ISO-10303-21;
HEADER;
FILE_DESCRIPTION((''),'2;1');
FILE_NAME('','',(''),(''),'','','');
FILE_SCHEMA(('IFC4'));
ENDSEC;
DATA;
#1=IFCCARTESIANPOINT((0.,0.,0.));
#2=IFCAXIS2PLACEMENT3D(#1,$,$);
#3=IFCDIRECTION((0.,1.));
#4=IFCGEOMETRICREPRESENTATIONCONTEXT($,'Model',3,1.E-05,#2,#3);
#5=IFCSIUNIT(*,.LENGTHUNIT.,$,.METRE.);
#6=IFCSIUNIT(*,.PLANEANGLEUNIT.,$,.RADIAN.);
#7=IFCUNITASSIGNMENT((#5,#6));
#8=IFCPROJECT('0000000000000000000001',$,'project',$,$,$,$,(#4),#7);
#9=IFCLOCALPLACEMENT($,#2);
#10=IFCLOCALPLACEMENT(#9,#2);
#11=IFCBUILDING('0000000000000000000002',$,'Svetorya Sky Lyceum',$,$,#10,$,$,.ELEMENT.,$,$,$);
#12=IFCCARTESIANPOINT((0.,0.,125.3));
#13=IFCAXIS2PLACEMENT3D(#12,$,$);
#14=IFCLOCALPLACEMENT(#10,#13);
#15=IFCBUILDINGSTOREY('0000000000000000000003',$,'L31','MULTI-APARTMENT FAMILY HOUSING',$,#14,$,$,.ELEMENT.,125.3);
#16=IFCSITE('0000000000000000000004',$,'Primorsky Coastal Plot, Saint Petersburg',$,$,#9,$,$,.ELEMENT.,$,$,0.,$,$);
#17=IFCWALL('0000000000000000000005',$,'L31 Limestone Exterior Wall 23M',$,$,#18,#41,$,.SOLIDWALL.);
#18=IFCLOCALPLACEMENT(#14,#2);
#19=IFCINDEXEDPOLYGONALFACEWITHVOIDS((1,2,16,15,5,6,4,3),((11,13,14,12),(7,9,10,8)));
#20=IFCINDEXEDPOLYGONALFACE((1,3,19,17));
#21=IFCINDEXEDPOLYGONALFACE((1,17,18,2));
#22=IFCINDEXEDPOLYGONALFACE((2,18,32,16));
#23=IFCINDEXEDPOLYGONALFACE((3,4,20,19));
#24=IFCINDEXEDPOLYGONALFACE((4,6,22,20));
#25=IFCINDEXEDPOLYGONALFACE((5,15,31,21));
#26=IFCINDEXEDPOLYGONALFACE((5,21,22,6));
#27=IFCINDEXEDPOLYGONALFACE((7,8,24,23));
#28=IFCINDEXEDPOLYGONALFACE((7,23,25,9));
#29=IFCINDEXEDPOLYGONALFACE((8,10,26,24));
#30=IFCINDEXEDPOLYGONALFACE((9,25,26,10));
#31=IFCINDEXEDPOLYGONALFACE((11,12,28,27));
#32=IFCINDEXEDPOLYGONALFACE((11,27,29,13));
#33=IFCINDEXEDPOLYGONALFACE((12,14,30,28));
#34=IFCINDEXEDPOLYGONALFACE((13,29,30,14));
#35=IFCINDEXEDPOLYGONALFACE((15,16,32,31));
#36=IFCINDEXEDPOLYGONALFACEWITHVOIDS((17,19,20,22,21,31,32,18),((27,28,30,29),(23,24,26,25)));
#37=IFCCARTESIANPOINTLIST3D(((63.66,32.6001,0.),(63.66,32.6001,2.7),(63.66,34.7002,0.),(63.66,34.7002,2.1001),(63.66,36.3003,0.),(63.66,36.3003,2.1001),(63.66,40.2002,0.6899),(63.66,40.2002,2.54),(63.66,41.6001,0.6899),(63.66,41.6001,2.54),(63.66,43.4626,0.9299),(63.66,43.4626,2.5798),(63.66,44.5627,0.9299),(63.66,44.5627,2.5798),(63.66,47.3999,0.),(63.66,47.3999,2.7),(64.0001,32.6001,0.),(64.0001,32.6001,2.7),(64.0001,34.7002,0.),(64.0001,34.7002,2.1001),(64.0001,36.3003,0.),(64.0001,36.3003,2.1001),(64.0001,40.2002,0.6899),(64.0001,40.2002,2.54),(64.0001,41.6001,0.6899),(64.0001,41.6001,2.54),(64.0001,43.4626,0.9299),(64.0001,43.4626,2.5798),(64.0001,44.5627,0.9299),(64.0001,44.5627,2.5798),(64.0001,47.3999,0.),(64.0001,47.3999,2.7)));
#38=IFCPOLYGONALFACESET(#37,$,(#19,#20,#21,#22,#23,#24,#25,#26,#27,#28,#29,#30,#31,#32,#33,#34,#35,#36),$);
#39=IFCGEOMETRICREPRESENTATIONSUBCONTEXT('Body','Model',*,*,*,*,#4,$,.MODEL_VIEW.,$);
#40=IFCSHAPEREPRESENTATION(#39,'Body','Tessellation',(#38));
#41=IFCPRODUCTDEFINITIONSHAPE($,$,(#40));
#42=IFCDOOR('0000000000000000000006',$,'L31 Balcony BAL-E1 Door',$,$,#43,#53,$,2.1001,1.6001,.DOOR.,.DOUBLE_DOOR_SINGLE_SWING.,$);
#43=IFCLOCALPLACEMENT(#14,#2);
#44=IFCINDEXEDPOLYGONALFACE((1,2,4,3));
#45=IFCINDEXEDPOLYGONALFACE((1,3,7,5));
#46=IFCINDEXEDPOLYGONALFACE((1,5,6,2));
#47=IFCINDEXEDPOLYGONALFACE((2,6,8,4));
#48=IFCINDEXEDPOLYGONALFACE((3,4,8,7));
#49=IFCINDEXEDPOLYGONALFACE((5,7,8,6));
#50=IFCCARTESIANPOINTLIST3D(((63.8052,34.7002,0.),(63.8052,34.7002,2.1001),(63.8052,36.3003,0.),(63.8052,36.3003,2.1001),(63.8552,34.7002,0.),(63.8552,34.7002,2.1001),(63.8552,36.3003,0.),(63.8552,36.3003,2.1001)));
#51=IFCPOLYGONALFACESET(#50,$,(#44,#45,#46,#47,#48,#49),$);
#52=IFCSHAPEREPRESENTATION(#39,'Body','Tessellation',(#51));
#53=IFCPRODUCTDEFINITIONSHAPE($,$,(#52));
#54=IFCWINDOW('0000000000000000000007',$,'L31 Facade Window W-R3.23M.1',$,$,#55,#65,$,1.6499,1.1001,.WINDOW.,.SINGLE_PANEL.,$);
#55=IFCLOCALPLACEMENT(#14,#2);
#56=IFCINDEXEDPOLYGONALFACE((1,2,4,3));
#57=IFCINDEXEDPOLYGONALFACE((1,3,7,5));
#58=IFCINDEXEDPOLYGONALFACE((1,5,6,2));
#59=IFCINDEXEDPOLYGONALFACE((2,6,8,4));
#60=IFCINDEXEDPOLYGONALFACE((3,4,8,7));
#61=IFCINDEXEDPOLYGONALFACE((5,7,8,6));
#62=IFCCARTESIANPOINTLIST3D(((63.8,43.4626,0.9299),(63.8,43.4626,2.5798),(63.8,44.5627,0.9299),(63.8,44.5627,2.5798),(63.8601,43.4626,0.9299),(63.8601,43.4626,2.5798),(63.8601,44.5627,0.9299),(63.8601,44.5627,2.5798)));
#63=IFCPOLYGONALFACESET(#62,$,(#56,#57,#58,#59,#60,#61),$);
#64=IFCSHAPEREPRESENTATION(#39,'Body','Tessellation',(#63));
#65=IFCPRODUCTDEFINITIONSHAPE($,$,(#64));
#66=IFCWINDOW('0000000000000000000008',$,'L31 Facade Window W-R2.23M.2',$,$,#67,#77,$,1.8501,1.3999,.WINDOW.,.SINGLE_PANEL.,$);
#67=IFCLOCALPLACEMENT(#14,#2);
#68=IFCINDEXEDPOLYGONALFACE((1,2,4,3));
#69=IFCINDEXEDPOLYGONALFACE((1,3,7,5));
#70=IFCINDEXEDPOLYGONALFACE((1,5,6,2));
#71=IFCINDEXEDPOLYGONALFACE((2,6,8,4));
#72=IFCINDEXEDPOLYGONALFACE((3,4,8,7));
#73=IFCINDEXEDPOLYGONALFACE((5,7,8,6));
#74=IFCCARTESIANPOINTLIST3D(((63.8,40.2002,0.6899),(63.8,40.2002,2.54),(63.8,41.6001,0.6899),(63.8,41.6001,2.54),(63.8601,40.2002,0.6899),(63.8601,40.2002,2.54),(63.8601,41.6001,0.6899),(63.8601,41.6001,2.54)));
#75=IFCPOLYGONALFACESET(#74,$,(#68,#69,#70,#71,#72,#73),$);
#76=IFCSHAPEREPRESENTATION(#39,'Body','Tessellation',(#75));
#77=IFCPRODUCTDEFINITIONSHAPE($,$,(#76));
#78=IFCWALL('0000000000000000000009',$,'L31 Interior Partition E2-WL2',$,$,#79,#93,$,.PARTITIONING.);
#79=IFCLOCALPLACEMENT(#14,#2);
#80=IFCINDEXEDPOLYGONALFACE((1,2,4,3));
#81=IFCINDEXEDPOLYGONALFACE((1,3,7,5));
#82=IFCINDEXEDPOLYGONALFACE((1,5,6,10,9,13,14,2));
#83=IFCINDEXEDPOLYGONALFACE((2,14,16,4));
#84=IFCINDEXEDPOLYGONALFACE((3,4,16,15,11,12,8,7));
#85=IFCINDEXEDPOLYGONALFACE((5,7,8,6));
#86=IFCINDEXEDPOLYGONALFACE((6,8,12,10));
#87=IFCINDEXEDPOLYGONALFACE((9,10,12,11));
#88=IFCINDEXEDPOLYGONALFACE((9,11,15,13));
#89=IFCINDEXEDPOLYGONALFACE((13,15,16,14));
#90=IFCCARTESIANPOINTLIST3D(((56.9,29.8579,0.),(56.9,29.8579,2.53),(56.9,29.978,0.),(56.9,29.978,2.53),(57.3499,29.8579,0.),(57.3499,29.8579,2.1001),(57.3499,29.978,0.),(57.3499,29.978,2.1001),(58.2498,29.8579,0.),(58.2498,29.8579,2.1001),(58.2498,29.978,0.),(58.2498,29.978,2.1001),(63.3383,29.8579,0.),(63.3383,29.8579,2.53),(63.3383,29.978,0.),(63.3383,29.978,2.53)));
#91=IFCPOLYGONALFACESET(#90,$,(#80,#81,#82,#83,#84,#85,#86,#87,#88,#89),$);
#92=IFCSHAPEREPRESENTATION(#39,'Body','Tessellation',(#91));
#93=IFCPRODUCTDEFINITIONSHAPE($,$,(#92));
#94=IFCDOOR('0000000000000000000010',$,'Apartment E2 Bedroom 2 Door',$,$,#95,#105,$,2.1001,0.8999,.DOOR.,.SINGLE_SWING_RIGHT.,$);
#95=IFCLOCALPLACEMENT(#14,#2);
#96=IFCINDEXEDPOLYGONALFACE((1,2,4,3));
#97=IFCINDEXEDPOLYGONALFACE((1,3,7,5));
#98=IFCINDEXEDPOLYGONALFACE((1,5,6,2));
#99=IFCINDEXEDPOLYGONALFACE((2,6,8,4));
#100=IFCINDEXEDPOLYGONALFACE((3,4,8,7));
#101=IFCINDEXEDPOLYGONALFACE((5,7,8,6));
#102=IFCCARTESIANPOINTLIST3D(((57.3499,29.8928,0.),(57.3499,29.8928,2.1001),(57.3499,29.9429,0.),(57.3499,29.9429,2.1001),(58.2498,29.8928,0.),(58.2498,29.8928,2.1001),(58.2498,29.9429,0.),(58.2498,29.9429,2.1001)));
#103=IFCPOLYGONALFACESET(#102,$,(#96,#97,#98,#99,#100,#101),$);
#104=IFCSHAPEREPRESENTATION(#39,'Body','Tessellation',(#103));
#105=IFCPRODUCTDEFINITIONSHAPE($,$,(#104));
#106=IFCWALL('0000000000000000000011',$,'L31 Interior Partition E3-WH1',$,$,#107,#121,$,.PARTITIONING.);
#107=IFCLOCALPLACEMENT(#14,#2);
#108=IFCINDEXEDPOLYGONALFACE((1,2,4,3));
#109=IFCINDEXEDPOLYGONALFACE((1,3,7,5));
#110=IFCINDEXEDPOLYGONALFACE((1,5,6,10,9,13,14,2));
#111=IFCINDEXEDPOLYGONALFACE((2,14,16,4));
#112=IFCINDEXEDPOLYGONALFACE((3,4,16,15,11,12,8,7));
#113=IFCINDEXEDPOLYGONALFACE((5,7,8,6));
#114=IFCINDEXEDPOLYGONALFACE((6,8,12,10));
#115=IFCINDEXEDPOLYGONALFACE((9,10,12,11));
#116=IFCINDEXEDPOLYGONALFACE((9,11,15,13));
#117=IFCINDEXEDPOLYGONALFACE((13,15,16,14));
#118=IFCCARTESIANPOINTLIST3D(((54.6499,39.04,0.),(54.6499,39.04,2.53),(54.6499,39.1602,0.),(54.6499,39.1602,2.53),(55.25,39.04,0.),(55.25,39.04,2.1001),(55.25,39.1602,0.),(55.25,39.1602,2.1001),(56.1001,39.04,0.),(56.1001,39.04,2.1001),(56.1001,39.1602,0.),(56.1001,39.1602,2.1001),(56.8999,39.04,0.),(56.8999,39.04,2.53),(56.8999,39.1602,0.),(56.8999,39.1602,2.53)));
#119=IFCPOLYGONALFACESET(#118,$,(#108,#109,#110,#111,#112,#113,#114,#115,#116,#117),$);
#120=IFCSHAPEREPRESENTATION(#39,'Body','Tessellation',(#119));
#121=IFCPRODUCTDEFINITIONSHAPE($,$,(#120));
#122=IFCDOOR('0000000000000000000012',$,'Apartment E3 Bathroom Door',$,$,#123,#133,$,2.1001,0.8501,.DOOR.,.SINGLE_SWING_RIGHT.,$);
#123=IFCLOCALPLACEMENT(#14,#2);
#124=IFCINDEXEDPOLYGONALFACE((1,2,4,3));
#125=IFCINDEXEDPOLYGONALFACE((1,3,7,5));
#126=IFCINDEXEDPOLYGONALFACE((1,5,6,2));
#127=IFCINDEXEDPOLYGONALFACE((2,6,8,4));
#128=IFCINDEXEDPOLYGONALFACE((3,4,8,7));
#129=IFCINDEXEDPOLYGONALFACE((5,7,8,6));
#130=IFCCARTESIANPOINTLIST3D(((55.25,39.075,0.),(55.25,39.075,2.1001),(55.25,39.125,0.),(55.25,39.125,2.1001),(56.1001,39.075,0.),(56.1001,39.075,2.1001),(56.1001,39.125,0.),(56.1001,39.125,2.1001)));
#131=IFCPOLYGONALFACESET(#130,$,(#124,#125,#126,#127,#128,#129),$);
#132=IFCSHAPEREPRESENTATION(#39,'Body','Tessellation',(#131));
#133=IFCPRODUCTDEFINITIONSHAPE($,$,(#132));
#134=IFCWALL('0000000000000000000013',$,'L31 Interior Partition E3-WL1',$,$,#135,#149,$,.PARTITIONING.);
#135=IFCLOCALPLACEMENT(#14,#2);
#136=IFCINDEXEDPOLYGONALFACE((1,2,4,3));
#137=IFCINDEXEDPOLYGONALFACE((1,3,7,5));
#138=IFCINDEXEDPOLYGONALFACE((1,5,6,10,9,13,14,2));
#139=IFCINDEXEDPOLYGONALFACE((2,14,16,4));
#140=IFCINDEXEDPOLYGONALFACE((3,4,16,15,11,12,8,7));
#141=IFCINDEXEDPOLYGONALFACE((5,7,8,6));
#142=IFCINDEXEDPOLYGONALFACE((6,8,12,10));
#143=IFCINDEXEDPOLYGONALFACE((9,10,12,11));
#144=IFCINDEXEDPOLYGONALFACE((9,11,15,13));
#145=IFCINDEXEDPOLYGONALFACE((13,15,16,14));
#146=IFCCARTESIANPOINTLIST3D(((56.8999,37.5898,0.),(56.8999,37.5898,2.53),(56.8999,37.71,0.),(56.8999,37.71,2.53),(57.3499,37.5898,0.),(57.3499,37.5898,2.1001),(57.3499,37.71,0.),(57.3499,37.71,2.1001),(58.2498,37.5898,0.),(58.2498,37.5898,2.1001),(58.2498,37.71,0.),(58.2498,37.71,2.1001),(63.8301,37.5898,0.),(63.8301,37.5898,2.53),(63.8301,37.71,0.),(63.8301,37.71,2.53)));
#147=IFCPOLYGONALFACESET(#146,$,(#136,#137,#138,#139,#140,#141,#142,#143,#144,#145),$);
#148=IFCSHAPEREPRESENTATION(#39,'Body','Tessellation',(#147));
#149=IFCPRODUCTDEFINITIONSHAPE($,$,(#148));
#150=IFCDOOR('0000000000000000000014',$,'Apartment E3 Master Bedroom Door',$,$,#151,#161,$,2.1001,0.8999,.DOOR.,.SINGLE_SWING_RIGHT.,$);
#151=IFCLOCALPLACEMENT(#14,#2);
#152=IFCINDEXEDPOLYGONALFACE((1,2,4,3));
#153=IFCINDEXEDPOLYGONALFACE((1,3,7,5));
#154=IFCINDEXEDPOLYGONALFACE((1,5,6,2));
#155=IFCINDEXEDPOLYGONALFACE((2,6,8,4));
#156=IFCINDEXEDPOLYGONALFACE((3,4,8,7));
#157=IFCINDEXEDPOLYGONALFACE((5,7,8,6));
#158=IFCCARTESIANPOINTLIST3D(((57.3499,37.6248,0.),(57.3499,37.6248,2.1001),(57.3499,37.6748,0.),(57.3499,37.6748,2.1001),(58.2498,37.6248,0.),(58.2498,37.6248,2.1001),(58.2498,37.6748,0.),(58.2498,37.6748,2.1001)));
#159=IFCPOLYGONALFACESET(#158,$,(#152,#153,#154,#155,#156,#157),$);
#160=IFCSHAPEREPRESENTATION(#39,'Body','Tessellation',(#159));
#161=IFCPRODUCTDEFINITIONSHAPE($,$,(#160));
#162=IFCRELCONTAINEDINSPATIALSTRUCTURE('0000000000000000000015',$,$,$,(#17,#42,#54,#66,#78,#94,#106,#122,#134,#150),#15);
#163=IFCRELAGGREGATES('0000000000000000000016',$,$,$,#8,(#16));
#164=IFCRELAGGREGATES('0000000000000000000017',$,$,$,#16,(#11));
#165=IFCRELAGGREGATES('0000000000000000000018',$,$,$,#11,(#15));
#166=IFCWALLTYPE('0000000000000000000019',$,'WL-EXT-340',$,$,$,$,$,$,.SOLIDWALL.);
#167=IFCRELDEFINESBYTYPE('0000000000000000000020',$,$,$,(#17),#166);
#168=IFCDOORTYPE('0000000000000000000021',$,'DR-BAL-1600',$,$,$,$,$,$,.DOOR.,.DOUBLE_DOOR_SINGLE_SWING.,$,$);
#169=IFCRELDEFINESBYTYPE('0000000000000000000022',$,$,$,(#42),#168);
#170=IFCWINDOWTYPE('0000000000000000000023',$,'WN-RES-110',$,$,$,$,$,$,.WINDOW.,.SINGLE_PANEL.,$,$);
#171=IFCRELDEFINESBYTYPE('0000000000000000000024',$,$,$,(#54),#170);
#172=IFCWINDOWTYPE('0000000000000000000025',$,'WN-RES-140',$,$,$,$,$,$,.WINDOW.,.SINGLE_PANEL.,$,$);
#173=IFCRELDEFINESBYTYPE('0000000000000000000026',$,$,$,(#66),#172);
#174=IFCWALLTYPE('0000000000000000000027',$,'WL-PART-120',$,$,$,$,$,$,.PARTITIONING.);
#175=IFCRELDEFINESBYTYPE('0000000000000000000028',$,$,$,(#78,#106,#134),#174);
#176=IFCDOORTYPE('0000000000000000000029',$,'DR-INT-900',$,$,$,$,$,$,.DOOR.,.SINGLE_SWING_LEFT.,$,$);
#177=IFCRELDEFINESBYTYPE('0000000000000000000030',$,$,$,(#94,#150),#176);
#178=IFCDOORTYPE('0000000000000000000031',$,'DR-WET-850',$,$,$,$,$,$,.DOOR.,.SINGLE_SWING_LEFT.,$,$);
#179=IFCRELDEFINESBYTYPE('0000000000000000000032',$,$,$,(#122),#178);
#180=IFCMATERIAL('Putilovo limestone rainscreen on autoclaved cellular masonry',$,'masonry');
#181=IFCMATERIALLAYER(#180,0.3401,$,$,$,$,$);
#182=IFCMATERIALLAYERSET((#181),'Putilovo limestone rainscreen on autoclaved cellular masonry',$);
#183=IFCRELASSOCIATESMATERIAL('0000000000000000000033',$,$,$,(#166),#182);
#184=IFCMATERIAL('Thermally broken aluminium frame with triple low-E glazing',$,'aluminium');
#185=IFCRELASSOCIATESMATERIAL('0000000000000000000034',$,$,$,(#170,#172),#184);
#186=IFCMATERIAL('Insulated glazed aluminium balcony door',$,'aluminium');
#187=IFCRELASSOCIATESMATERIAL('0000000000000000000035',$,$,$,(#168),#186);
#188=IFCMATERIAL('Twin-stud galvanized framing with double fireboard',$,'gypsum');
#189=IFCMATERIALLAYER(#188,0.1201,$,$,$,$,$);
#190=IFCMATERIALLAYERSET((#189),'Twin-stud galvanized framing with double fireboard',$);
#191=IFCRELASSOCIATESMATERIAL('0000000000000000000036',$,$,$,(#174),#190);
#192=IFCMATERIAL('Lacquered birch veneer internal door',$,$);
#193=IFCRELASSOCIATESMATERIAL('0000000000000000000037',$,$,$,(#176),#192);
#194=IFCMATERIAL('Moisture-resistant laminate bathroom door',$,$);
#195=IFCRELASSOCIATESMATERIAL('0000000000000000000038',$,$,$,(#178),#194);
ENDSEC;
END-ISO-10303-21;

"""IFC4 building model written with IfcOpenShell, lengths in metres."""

from ifc_helpers import new_model, si_unit, direction, frame, frame_2d, origin, place, context, subcontext, project, spatial, rectangle, extrude, material, layer, layer_set, type_object, element, fill, save


model = new_model("IFC4")

# Units and contexts
model_context = context("Model", 3, precision=1e-05, world=origin(), true_north=direction((0.0, 1.0)))
body_context = subcontext(model_context, "Body", "Model", "MODEL_VIEW")
ifc_project = project(units=[si_unit("LENGTHUNIT", "METRE"), si_unit("PLANEANGLEUNIT", "RADIAN")], contexts=[model_context])

# Site, building, storey
site_placement = place(None, origin())
site = spatial("IfcSite", under=ifc_project, at=site_placement, Name="Primorsky Coastal Plot, Saint Petersburg", CompositionType="ELEMENT", RefElevation=0.0)
building_placement = place(site_placement, origin())
building = spatial("IfcBuilding", under=site, at=building_placement, Name="Svetorya Sky Lyceum", CompositionType="ELEMENT")
storey_placement = place(building_placement, frame((0.0, 0.0, 125.3)))
storey = spatial("IfcBuildingStorey", under=building, at=storey_placement, Name="L31", Description="MULTI-APARTMENT FAMILY HOUSING", CompositionType="ELEMENT", Elevation=125.3)

# Shared definitions
ifc_material_1 = material(Name="Putilovo limestone rainscreen on autoclaved cellular masonry", Category="masonry")
ifc_layer_1 = layer(ifc_material_1, 0.3401)
ifc_layer_set_1 = layer_set([ifc_layer_1], Name="Putilovo limestone rainscreen on autoclaved cellular masonry")
wall_type_1 = type_object("IfcWallType", Name="WL-EXT-340", PredefinedType="SOLIDWALL", material=ifc_layer_set_1)

# Shared definitions
ifc_material_2 = material(Name="Thermally broken aluminium frame with triple low-E glazing", Category="aluminium")
window_type_1 = type_object("IfcWindowType", Name="WN-RES-110", PartitioningType="SINGLE_PANEL", PredefinedType="WINDOW", material=ifc_material_2)

# Wall, openings, door, windows
wall_1_placement = place(storey_placement, frame((63.8301, 32.6001, 0.0), z_axis=(0.0, 0.0, 1.0), x_axis=(0.0, 1.0, 0.0)))
wall_1 = element("IfcWall", 1, at=wall_1_placement, inside=storey, type_object=wall_type_1, Name="L31 Limestone Exterior Wall 23M", PredefinedType="SOLIDWALL", context=body_context, shape_type="SweptSolid", body=[
    extrude(rectangle(XDim=14.7998, YDim=0.3401, at=frame_2d((7.3999, 0.0))), origin(), (0.0, 0.0, 1.0), 2.7),
])
opening_1_placement = place(wall_1_placement, frame((2.1001, 0.0, 0.0)))
opening_1 = element("IfcOpeningElement", 2, at=opening_1_placement, cuts=wall_1, PredefinedType="OPENING", context=body_context, shape_type="SweptSolid", body=[
    extrude(rectangle(XDim=1.6001, YDim=2.1001, at=frame_2d((0.8, 1.05))), frame((0.0, 0.1799, 0.0), z_axis=(0.0, -1.0, 0.0), x_axis=(1.0, 0.0, 0.0)), (0.0, 0.0, 1.0), 0.3601),
])
opening_2_placement = place(wall_1_placement, frame((7.6001, 0.0, 0.6899)))
opening_2 = element("IfcOpeningElement", 3, at=opening_2_placement, cuts=wall_1, PredefinedType="OPENING", context=body_context, shape_type="SweptSolid", body=[
    extrude(rectangle(XDim=1.3999, YDim=1.8501, at=frame_2d((0.7, 0.925))), frame((0.0, 0.1799, 0.0), z_axis=(0.0, -1.0, 0.0), x_axis=(1.0, 0.0, 0.0)), (0.0, 0.0, 1.0), 0.3601),
])
opening_3_placement = place(wall_1_placement, frame((10.8625, 0.0, 0.9299)))
opening_3 = element("IfcOpeningElement", 4, at=opening_3_placement, cuts=wall_1, PredefinedType="OPENING", context=body_context, shape_type="SweptSolid", body=[
    extrude(rectangle(XDim=1.1001, YDim=1.6499, at=frame_2d((0.55, 0.825))), frame((0.0, 0.1799, 0.0), z_axis=(0.0, -1.0, 0.0), x_axis=(1.0, 0.0, 0.0)), (0.0, 0.0, 1.0), 0.3601),
])
ifc_material_3 = material(Name="Insulated glazed aluminium balcony door", Category="aluminium")
door_type_1 = type_object("IfcDoorType", Name="DR-BAL-1600", OperationType="DOUBLE_DOOR_SINGLE_SWING", PredefinedType="DOOR", material=ifc_material_3)
door_1_placement = place(opening_1_placement, origin())
door_1 = element("IfcDoor", 5, at=door_1_placement, inside=storey, type_object=door_type_1, Name="L31 Balcony BAL-E1 Door", OperationType="DOUBLE_DOOR_SINGLE_SWING", OverallHeight=2.1001, OverallWidth=1.6001, PredefinedType="DOOR", context=body_context, shape_type="SweptSolid", body=[
    extrude(rectangle(XDim=1.6001, YDim=2.1001, at=frame_2d((0.8, 1.05))), frame((0.0, 0.0249, 0.0), z_axis=(0.0, -1.0, 0.0), x_axis=(1.0, 0.0, 0.0)), (0.0, 0.0, 1.0), 0.05),
])
fill(opening_1, door_1)
window_1_placement = place(opening_3_placement, origin())
window_1 = element("IfcWindow", 6, at=window_1_placement, inside=storey, type_object=window_type_1, Name="L31 Facade Window W-R3.23M.1", OverallHeight=1.6499, OverallWidth=1.1001, PartitioningType="SINGLE_PANEL", PredefinedType="WINDOW", context=body_context, shape_type="SweptSolid", body=[
    extrude(rectangle(XDim=1.1001, YDim=1.6499, at=frame_2d((0.55, 0.825))), frame((0.0, 0.03, 0.0), z_axis=(0.0, -1.0, 0.0), x_axis=(1.0, 0.0, 0.0)), (0.0, 0.0, 1.0), 0.0601),
])
fill(opening_3, window_1)
window_type_2 = type_object("IfcWindowType", Name="WN-RES-140", PartitioningType="SINGLE_PANEL", PredefinedType="WINDOW", material=ifc_material_2)
window_2_placement = place(opening_2_placement, origin())
window_2 = element("IfcWindow", 7, at=window_2_placement, inside=storey, type_object=window_type_2, Name="L31 Facade Window W-R2.23M.2", OverallHeight=1.8501, OverallWidth=1.3999, PartitioningType="SINGLE_PANEL", PredefinedType="WINDOW", context=body_context, shape_type="SweptSolid", body=[
    extrude(rectangle(XDim=1.3999, YDim=1.8501, at=frame_2d((0.7, 0.925))), frame((0.0, 0.03, 0.0), z_axis=(0.0, -1.0, 0.0), x_axis=(1.0, 0.0, 0.0)), (0.0, 0.0, 1.0), 0.0601),
])
fill(opening_2, window_2)

# Walls, openings, doors
ifc_material_4 = material(Name="Twin-stud galvanized framing with double fireboard", Category="gypsum")
ifc_layer_2 = layer(ifc_material_4, 0.1201)
ifc_layer_set_2 = layer_set([ifc_layer_2], Name="Twin-stud galvanized framing with double fireboard")
wall_type_2 = type_object("IfcWallType", Name="WL-PART-120", PredefinedType="PARTITIONING", material=ifc_layer_set_2)
wall_2_placement = place(storey_placement, frame((56.8999, 29.918, 0.0), z_axis=(0.0, 0.0, 1.0), x_axis=(1.0, 0.0, 0.0)))
wall_2 = element("IfcWall", 8, at=wall_2_placement, inside=storey, type_object=wall_type_2, Name="L31 Interior Partition E2-WL2", PredefinedType="PARTITIONING", context=body_context, shape_type="SweptSolid", body=[
    extrude(rectangle(XDim=6.4382, YDim=0.1201, at=frame_2d((3.2192, 0.0))), origin(), (0.0, 0.0, 1.0), 2.53),
])
opening_4_placement = place(wall_2_placement, frame((0.45, 0.0, 0.0)))
opening_4 = element("IfcOpeningElement", 9, at=opening_4_placement, cuts=wall_2, PredefinedType="OPENING", context=body_context, shape_type="SweptSolid", body=[
    extrude(rectangle(XDim=0.8999, YDim=2.1001, at=frame_2d((0.45, 1.05))), frame((0.0, 0.0701, 0.0), z_axis=(0.0, -1.0, 0.0), x_axis=(1.0, 0.0, 0.0)), (0.0, 0.0, 1.0), 0.1401),
])
ifc_material_5 = material(Name="Lacquered birch veneer internal door")
door_type_2 = type_object("IfcDoorType", Name="DR-INT-900", OperationType="SINGLE_SWING_LEFT", PredefinedType="DOOR", material=ifc_material_5)
door_2_placement = place(opening_4_placement, origin())
door_2 = element("IfcDoor", 10, at=door_2_placement, inside=storey, type_object=door_type_2, Name="Apartment E2 Bedroom 2 Door", OperationType="SINGLE_SWING_RIGHT", OverallHeight=2.1001, OverallWidth=0.8999, PredefinedType="DOOR", context=body_context, shape_type="SweptSolid", body=[
    extrude(rectangle(XDim=0.8999, YDim=2.1001, at=frame_2d((0.45, 1.05))), frame((0.0, 0.0249, 0.0), z_axis=(0.0, -1.0, 0.0), x_axis=(1.0, 0.0, 0.0)), (0.0, 0.0, 1.0), 0.05),
])
fill(opening_4, door_2)
wall_3_placement = place(storey_placement, frame((54.6499, 39.1001, 0.0), z_axis=(0.0, 0.0, 1.0), x_axis=(1.0, 0.0, 0.0)))
wall_3 = element("IfcWall", 11, at=wall_3_placement, inside=storey, type_object=wall_type_2, Name="L31 Interior Partition E3-WH1", PredefinedType="PARTITIONING", context=body_context, shape_type="SweptSolid", body=[
    extrude(rectangle(XDim=2.25, YDim=0.1201, at=frame_2d((1.125, 0.0))), origin(), (0.0, 0.0, 1.0), 2.53),
])
opening_5_placement = place(wall_3_placement, frame((0.6001, 0.0, 0.0)))
opening_5 = element("IfcOpeningElement", 12, at=opening_5_placement, cuts=wall_3, PredefinedType="OPENING", context=body_context, shape_type="SweptSolid", body=[
    extrude(rectangle(XDim=0.8501, YDim=2.1001, at=frame_2d((0.425, 1.05))), frame((0.0, 0.0701, 0.0), z_axis=(0.0, -1.0, 0.0), x_axis=(1.0, 0.0, 0.0)), (0.0, 0.0, 1.0), 0.1401),
])
ifc_material_6 = material(Name="Moisture-resistant laminate bathroom door")
door_type_3 = type_object("IfcDoorType", Name="DR-WET-850", OperationType="SINGLE_SWING_LEFT", PredefinedType="DOOR", material=ifc_material_6)
door_3_placement = place(opening_5_placement, origin())
door_3 = element("IfcDoor", 13, at=door_3_placement, inside=storey, type_object=door_type_3, Name="Apartment E3 Bathroom Door", OperationType="SINGLE_SWING_RIGHT", OverallHeight=2.1001, OverallWidth=0.8501, PredefinedType="DOOR", context=body_context, shape_type="SweptSolid", body=[
    extrude(rectangle(XDim=0.8501, YDim=2.1001, at=frame_2d((0.425, 1.05))), frame((0.0, 0.0249, 0.0), z_axis=(0.0, -1.0, 0.0), x_axis=(1.0, 0.0, 0.0)), (0.0, 0.0, 1.0), 0.05),
])
fill(opening_5, door_3)
wall_4_placement = place(storey_placement, frame((56.8999, 37.6499, 0.0), z_axis=(0.0, 0.0, 1.0), x_axis=(1.0, 0.0, 0.0)))
wall_4 = element("IfcWall", 14, at=wall_4_placement, inside=storey, type_object=wall_type_2, Name="L31 Interior Partition E3-WL1", PredefinedType="PARTITIONING", context=body_context, shape_type="SweptSolid", body=[
    extrude(rectangle(XDim=6.9302, YDim=0.1201, at=frame_2d((3.4651, 0.0))), origin(), (0.0, 0.0, 1.0), 2.53),
])
opening_6_placement = place(wall_4_placement, frame((0.45, 0.0, 0.0)))
opening_6 = element("IfcOpeningElement", 15, at=opening_6_placement, cuts=wall_4, PredefinedType="OPENING", context=body_context, shape_type="SweptSolid", body=[
    extrude(rectangle(XDim=0.8999, YDim=2.1001, at=frame_2d((0.45, 1.05))), frame((0.0, 0.0701, 0.0), z_axis=(0.0, -1.0, 0.0), x_axis=(1.0, 0.0, 0.0)), (0.0, 0.0, 1.0), 0.1401),
])
door_4_placement = place(opening_6_placement, origin())
door_4 = element("IfcDoor", 16, at=door_4_placement, inside=storey, type_object=door_type_2, Name="Apartment E3 Master Bedroom Door", OperationType="SINGLE_SWING_RIGHT", OverallHeight=2.1001, OverallWidth=0.8999, PredefinedType="DOOR", context=body_context, shape_type="SweptSolid", body=[
    extrude(rectangle(XDim=0.8999, YDim=2.1001, at=frame_2d((0.45, 1.05))), frame((0.0, 0.0249, 0.0), z_axis=(0.0, -1.0, 0.0), x_axis=(1.0, 0.0, 0.0)), (0.0, 0.0, 1.0), 0.05),
])
fill(opening_6, door_4)

save(model, "model.ifc")
